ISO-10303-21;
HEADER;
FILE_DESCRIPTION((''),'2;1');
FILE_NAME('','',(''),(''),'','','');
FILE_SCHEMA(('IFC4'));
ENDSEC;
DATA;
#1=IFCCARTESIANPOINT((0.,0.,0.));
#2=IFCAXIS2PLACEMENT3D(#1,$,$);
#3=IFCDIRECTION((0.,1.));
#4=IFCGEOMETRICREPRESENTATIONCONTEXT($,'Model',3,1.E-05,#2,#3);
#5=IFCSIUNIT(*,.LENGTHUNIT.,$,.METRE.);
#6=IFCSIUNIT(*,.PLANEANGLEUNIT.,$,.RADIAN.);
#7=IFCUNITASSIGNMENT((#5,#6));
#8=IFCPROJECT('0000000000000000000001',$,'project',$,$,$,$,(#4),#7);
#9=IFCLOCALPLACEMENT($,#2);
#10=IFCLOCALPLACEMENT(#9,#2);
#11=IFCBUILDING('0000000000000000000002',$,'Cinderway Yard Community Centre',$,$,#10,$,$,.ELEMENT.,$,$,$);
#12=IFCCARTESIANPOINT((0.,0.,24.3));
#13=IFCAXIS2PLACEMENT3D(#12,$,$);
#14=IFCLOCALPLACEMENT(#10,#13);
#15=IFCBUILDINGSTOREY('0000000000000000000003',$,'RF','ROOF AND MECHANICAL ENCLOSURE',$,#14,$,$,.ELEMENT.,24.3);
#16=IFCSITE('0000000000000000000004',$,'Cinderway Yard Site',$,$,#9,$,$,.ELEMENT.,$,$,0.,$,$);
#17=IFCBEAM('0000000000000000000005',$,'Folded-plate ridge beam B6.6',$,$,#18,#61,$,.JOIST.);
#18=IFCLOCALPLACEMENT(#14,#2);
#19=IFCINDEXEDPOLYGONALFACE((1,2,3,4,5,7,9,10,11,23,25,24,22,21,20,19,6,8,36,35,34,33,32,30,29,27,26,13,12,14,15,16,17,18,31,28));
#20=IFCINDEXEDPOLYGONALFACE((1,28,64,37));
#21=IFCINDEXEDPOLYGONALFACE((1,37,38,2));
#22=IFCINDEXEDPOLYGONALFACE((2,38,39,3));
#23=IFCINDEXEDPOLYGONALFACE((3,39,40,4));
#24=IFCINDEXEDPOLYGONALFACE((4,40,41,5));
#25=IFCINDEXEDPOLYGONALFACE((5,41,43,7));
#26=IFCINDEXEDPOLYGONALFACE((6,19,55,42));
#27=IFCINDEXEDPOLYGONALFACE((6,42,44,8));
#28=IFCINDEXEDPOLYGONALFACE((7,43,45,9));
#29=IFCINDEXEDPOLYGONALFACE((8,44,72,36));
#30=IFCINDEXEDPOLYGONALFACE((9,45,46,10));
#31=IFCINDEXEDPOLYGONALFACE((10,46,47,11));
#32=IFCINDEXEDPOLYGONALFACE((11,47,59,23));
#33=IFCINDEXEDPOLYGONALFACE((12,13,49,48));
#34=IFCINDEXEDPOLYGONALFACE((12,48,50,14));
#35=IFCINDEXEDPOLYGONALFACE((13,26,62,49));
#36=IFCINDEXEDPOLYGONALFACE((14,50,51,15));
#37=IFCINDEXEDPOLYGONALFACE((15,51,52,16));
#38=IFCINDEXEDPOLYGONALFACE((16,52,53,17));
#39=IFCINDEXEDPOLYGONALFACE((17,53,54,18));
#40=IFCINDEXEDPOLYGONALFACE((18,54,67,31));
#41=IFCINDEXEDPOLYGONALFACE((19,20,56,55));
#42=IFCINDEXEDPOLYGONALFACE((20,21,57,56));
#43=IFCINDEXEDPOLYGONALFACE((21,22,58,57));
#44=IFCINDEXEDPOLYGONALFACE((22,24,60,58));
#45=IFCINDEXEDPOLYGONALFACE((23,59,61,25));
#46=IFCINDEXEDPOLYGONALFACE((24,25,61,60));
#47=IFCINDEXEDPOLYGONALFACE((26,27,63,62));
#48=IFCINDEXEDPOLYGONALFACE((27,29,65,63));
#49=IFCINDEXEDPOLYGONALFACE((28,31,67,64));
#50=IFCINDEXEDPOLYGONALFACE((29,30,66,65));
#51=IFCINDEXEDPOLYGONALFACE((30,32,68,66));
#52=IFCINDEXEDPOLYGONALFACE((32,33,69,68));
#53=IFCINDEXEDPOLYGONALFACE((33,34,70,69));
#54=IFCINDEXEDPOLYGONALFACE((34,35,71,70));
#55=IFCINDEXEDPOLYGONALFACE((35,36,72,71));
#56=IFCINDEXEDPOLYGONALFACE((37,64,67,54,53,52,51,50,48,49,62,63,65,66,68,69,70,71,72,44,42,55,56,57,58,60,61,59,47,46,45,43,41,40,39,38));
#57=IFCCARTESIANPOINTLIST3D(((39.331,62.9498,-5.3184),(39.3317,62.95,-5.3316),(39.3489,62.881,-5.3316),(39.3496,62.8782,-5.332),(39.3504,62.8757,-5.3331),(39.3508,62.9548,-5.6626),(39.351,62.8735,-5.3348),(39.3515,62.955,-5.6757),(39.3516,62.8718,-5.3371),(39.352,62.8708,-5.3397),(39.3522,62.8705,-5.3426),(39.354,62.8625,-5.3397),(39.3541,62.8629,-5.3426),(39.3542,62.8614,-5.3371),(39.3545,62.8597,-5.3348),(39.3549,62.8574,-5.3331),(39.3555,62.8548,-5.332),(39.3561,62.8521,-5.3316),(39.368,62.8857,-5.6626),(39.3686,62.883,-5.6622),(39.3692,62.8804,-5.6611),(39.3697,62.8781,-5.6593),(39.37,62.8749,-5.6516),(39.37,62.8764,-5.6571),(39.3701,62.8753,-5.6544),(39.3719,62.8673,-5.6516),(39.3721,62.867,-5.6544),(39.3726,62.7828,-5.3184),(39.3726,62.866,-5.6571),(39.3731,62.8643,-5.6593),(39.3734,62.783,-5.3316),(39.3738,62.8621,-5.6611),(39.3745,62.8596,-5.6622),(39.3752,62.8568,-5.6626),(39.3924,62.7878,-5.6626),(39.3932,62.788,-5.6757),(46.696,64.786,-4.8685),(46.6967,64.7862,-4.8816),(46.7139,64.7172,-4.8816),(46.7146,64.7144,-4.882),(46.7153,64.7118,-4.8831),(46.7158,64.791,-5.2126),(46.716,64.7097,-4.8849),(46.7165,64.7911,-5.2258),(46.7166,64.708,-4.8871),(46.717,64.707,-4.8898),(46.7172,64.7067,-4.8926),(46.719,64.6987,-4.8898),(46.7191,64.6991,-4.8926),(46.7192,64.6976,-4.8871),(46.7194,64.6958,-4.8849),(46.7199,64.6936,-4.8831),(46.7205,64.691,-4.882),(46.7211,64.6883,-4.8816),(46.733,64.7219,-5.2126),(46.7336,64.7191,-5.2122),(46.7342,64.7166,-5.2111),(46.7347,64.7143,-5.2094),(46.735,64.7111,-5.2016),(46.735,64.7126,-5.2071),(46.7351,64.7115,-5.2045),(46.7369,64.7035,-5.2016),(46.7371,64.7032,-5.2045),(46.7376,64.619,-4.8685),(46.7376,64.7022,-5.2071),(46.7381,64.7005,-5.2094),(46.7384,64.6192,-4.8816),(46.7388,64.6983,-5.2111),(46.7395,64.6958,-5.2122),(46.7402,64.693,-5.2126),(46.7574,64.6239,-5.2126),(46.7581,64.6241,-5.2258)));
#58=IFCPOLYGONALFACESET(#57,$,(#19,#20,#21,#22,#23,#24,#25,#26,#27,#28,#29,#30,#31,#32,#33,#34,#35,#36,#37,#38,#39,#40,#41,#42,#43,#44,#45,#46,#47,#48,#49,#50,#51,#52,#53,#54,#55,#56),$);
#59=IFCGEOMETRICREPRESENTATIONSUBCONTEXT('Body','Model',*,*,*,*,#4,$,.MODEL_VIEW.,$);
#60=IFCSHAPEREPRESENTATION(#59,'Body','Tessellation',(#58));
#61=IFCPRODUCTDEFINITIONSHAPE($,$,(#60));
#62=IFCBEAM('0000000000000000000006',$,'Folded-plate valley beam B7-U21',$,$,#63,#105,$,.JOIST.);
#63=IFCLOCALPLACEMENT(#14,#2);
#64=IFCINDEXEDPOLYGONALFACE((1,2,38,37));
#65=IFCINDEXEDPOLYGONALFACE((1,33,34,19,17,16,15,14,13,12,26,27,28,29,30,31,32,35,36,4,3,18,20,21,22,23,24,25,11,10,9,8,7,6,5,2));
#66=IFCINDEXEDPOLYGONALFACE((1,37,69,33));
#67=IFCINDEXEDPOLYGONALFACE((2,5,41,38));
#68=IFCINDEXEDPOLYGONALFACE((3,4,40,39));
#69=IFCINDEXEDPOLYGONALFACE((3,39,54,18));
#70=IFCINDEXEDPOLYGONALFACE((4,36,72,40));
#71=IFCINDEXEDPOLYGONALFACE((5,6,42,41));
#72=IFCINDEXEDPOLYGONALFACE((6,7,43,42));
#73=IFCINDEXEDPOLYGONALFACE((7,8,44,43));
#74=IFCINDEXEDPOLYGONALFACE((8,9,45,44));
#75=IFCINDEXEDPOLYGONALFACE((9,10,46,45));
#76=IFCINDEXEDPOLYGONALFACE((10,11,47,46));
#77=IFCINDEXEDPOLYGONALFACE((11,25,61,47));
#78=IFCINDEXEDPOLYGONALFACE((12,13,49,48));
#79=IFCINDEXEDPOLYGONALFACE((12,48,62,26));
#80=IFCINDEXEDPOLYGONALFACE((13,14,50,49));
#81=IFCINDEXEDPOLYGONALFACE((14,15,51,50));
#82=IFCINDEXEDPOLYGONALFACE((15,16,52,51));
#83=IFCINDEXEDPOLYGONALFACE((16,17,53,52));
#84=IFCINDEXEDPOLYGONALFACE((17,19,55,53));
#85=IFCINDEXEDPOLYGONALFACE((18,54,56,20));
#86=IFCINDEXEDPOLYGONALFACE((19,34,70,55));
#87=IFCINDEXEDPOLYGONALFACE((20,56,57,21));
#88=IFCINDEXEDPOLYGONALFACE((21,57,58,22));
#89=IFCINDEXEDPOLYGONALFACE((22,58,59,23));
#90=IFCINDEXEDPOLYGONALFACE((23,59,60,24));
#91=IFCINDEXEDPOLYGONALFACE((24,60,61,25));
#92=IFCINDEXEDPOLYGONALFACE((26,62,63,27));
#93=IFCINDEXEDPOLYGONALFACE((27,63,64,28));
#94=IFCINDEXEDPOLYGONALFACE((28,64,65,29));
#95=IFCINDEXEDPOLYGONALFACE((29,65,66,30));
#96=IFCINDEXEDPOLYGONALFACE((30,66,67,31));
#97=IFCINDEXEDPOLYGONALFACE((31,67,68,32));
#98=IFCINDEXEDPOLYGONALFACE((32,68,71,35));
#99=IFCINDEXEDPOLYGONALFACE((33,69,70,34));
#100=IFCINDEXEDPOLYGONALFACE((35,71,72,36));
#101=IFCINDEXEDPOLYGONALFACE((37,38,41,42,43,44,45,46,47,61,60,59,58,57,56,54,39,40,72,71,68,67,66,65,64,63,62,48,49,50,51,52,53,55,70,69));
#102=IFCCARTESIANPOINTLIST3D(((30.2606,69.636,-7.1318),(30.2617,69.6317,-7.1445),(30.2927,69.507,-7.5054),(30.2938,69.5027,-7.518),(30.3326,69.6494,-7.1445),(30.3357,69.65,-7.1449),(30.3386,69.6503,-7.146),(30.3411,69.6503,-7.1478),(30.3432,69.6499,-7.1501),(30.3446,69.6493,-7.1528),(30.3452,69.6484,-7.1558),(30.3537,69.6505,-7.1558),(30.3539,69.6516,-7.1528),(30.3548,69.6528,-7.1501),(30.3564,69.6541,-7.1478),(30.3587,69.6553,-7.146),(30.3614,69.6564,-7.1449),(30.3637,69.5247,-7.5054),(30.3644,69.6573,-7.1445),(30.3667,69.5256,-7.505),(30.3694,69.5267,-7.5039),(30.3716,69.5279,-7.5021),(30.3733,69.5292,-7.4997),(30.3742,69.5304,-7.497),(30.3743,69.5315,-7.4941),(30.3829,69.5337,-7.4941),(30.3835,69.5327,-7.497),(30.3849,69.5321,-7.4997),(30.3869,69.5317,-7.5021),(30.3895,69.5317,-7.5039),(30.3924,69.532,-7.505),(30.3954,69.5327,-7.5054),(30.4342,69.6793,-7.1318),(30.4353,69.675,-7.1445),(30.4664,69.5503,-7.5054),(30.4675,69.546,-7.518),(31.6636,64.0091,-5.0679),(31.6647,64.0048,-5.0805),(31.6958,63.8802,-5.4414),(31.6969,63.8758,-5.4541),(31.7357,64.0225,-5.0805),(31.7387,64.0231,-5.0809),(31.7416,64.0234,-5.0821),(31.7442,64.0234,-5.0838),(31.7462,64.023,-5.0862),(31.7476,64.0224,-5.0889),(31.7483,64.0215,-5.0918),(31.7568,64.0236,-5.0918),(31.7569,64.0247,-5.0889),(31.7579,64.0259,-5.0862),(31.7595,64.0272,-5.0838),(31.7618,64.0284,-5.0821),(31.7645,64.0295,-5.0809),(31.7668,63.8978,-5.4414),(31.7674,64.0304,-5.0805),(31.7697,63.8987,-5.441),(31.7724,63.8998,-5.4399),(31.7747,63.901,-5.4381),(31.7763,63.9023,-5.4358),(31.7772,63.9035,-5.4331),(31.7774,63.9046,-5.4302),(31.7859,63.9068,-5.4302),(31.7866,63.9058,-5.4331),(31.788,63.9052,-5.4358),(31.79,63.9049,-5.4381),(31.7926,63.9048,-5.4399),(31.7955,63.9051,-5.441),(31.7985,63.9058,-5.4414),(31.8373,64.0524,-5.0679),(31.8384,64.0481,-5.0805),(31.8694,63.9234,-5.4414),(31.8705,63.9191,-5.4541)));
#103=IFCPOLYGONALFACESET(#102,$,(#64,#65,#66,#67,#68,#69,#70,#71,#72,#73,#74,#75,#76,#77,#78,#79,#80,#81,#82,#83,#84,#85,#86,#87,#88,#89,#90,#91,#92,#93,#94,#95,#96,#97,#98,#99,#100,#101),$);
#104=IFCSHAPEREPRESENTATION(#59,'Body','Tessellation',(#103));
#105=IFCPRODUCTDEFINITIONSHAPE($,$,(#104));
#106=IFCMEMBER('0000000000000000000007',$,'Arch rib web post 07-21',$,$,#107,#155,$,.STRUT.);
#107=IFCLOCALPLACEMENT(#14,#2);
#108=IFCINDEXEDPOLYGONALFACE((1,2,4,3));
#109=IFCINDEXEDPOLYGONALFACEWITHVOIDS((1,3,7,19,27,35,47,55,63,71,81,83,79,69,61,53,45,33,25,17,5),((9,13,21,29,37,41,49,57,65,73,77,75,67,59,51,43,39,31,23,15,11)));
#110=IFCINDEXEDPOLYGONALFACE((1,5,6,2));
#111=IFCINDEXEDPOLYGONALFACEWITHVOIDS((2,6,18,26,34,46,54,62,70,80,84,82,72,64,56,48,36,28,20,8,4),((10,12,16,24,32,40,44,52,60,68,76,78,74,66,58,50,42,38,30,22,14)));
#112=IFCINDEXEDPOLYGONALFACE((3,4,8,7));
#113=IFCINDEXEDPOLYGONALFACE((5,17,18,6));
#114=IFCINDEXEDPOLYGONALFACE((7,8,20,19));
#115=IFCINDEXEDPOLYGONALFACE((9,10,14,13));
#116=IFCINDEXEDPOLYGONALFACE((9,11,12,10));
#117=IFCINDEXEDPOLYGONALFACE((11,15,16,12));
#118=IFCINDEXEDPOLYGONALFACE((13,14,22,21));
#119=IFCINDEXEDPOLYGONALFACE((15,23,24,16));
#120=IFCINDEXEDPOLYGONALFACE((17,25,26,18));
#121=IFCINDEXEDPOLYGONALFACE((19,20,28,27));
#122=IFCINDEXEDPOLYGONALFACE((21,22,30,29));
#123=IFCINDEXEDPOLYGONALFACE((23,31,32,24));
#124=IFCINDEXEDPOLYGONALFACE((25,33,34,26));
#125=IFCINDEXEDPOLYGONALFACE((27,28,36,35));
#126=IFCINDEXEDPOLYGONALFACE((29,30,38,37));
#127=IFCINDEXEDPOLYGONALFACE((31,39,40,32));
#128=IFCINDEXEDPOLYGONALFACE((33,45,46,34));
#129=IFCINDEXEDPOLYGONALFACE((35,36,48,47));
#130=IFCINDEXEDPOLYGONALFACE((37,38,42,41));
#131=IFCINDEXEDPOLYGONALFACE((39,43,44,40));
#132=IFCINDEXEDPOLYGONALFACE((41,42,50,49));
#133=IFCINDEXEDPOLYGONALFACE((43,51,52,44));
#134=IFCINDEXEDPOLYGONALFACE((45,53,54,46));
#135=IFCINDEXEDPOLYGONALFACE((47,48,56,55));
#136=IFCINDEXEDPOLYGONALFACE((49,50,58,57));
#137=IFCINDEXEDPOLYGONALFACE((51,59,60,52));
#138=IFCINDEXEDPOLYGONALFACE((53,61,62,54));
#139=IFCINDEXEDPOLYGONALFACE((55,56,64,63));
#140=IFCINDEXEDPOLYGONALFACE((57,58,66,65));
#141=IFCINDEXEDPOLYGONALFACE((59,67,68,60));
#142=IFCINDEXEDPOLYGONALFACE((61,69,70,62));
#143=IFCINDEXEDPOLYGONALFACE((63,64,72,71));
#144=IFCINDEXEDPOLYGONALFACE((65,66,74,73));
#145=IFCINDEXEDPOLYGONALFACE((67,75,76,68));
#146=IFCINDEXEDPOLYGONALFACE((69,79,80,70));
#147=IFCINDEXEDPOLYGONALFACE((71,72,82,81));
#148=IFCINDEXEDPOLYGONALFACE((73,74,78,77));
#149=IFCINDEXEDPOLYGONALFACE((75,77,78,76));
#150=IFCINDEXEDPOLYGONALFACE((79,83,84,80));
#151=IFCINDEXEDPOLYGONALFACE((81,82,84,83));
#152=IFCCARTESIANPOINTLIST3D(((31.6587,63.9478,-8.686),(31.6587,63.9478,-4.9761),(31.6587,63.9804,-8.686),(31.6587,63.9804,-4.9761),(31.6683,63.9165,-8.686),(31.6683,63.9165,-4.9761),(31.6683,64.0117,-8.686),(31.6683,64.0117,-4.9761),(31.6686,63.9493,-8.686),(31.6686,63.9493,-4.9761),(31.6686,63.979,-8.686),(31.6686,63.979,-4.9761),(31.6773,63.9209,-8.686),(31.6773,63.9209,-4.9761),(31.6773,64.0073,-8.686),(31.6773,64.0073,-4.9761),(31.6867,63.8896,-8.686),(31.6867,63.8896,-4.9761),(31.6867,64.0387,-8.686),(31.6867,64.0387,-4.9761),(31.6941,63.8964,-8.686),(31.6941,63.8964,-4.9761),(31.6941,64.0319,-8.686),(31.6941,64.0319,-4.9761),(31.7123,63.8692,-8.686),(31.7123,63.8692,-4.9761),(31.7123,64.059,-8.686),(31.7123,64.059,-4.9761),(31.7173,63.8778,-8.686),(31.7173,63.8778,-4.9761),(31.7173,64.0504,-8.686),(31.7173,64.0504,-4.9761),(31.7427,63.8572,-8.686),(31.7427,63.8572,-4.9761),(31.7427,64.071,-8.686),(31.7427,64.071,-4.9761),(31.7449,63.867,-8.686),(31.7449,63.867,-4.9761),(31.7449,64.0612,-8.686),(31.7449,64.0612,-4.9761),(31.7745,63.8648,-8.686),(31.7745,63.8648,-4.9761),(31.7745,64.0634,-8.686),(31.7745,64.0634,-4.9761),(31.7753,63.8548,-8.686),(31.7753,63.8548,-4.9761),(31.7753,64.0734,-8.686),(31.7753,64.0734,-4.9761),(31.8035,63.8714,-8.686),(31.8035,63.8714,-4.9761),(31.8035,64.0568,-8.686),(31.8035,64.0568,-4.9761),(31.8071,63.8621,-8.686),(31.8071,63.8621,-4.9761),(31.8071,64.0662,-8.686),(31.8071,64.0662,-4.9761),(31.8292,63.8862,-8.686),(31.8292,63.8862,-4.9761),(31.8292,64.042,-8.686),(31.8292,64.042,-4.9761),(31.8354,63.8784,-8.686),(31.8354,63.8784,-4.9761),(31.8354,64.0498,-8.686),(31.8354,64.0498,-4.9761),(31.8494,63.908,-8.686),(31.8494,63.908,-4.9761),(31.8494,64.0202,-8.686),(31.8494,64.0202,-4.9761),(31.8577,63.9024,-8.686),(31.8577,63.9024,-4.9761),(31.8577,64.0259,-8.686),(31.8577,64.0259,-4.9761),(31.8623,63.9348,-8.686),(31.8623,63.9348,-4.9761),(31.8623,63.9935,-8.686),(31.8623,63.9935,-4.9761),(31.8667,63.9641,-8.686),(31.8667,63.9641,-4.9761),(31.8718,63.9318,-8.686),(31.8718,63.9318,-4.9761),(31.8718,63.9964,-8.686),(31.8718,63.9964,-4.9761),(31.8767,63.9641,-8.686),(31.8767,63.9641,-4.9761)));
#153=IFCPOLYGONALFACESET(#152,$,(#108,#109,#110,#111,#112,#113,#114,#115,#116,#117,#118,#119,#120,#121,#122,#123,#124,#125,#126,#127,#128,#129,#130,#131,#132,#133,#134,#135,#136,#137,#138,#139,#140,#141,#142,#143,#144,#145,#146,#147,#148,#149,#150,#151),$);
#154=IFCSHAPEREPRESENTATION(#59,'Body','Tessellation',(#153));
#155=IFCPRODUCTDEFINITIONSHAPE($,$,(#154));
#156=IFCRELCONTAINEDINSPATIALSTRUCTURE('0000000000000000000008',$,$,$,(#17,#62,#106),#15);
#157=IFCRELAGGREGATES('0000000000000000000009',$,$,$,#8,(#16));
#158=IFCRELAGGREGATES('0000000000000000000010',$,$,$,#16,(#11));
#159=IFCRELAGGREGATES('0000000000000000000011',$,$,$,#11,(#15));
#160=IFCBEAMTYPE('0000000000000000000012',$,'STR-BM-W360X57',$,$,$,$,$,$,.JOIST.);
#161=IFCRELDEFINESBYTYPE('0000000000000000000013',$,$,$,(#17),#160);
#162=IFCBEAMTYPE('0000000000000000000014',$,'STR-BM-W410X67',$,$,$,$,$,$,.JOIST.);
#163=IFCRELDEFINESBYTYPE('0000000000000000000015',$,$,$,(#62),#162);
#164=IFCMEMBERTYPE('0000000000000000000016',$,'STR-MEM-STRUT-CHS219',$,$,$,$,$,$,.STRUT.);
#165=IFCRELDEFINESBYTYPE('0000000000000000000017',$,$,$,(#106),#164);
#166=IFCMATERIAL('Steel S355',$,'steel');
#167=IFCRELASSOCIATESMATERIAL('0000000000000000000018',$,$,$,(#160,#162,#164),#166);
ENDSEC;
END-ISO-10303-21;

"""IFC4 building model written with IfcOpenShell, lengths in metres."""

from ifc_helpers import new_model, si_unit, direction, frame, origin, origin_2d, place, context, subcontext, project, spatial, hollow_circle, i_section, extrude, material, material_profile, profile_set, type_object, element, save


model = new_model("IFC4")

# Units and contexts
model_context = context("Model", 3, precision=1e-05, world=origin(), true_north=direction((0.0, 1.0)))
body_context = subcontext(model_context, "Body", "Model", "MODEL_VIEW")
ifc_project = project(units=[si_unit("LENGTHUNIT", "METRE"), si_unit("PLANEANGLEUNIT", "RADIAN")], contexts=[model_context])

# Site, building, storey
site_placement = place(None, origin())
site = spatial("IfcSite", under=ifc_project, at=site_placement, Name="Cinderway Yard Site", CompositionType="ELEMENT", RefElevation=0.0)
building_placement = place(site_placement, origin())
building = spatial("IfcBuilding", under=site, at=building_placement, Name="Cinderway Yard Community Centre", CompositionType="ELEMENT")
storey_placement = place(building_placement, frame((0.0, 0.0, 24.3)))
storey = spatial("IfcBuildingStorey", under=building, at=storey_placement, Name="RF", Description="ROOF AND MECHANICAL ENCLOSURE", CompositionType="ELEMENT", Elevation=24.3)

# Beams
ifc_material_1 = material(Name="Steel S355", Category="steel")
ifc_material_profile_1 = material_profile(ifc_material_1, i_section(OverallWidth=0.1721, OverallDepth=0.3579, WebThickness=0.0078, FlangeThickness=0.0132, FilletRadius=0.011, at=origin_2d()), Name="Steel S355")
ifc_profile_set_1 = profile_set([ifc_material_profile_1], Name="Steel S355")
beam_type_1 = type_object("IfcBeamType", Name="STR-BM-W360X57", PredefinedType="JOIST", material=ifc_profile_set_1)
beam_1_placement = place(storey_placement, frame((39.3621, 62.8689, -5.4971), z_axis=(0.968599, 0.241484, 0.059175), x_axis=(-0.241907, 0.970299, 0.0)))
element("IfcBeam", 1, at=beam_1_placement, inside=storey, type_object=beam_type_1, Name="Folded-plate ridge beam B6.6", PredefinedType="JOIST", context=body_context, shape_type="SweptSolid", body=[
    extrude(i_section(OverallWidth=0.1721, OverallDepth=0.3579, WebThickness=0.0078, FlangeThickness=0.0132, FilletRadius=0.011, at=origin_2d()), origin(), (0.0, 0.0, 1.0), 7.6038),
])
ifc_material_profile_2 = material_profile(ifc_material_1, i_section(OverallWidth=0.179, OverallDepth=0.4099, WebThickness=0.0088, FlangeThickness=0.0134, FilletRadius=0.012, at=origin_2d()), Name="Steel S355")
ifc_profile_set_2 = profile_set([ifc_material_profile_2], Name="Steel S355")
beam_type_2 = type_object("IfcBeamType", Name="STR-BM-W410X67", PredefinedType="JOIST", material=ifc_profile_set_2)
beam_2_placement = place(storey_placement, frame((31.7671, 63.9641, -5.261), z_axis=(-0.227936, 0.914122, -0.3353), x_axis=(-0.970291, -0.241941, 0.0)))
element("IfcBeam", 2, at=beam_2_placement, inside=storey, type_object=beam_type_2, Name="Folded-plate valley beam B7-U21", PredefinedType="JOIST", context=body_context, shape_type="SweptSolid", body=[
    extrude(i_section(OverallWidth=0.179, OverallDepth=0.4099, WebThickness=0.0088, FlangeThickness=0.0134, FilletRadius=0.012, at=origin_2d()), origin(), (0.0, 0.0, 1.0), 6.1555),
])

# Member
ifc_material_profile_3 = material_profile(ifc_material_1, hollow_circle(Radius=0.1096, WallThickness=0.01, at=origin_2d()), Name="Steel S355")
ifc_profile_set_3 = profile_set([ifc_material_profile_3], Name="Steel S355")
member_type_1 = type_object("IfcMemberType", Name="STR-MEM-STRUT-CHS219", PredefinedType="STRUT", material=ifc_profile_set_3)
member_1_placement = place(storey_placement, frame((31.7671, 63.9641, -8.686), z_axis=(0.0, 0.0, 1.0), x_axis=(1.0, 0.0, 0.0)))
element("IfcMember", 3, at=member_1_placement, inside=storey, type_object=member_type_1, Name="Arch rib web post 07-21", PredefinedType="STRUT", context=body_context, shape_type="SweptSolid", body=[
    extrude(hollow_circle(Radius=0.1096, WallThickness=0.01, at=origin_2d()), origin(), (0.0, 0.0, 1.0), 3.71),
])

save(model, "model.ifc")
